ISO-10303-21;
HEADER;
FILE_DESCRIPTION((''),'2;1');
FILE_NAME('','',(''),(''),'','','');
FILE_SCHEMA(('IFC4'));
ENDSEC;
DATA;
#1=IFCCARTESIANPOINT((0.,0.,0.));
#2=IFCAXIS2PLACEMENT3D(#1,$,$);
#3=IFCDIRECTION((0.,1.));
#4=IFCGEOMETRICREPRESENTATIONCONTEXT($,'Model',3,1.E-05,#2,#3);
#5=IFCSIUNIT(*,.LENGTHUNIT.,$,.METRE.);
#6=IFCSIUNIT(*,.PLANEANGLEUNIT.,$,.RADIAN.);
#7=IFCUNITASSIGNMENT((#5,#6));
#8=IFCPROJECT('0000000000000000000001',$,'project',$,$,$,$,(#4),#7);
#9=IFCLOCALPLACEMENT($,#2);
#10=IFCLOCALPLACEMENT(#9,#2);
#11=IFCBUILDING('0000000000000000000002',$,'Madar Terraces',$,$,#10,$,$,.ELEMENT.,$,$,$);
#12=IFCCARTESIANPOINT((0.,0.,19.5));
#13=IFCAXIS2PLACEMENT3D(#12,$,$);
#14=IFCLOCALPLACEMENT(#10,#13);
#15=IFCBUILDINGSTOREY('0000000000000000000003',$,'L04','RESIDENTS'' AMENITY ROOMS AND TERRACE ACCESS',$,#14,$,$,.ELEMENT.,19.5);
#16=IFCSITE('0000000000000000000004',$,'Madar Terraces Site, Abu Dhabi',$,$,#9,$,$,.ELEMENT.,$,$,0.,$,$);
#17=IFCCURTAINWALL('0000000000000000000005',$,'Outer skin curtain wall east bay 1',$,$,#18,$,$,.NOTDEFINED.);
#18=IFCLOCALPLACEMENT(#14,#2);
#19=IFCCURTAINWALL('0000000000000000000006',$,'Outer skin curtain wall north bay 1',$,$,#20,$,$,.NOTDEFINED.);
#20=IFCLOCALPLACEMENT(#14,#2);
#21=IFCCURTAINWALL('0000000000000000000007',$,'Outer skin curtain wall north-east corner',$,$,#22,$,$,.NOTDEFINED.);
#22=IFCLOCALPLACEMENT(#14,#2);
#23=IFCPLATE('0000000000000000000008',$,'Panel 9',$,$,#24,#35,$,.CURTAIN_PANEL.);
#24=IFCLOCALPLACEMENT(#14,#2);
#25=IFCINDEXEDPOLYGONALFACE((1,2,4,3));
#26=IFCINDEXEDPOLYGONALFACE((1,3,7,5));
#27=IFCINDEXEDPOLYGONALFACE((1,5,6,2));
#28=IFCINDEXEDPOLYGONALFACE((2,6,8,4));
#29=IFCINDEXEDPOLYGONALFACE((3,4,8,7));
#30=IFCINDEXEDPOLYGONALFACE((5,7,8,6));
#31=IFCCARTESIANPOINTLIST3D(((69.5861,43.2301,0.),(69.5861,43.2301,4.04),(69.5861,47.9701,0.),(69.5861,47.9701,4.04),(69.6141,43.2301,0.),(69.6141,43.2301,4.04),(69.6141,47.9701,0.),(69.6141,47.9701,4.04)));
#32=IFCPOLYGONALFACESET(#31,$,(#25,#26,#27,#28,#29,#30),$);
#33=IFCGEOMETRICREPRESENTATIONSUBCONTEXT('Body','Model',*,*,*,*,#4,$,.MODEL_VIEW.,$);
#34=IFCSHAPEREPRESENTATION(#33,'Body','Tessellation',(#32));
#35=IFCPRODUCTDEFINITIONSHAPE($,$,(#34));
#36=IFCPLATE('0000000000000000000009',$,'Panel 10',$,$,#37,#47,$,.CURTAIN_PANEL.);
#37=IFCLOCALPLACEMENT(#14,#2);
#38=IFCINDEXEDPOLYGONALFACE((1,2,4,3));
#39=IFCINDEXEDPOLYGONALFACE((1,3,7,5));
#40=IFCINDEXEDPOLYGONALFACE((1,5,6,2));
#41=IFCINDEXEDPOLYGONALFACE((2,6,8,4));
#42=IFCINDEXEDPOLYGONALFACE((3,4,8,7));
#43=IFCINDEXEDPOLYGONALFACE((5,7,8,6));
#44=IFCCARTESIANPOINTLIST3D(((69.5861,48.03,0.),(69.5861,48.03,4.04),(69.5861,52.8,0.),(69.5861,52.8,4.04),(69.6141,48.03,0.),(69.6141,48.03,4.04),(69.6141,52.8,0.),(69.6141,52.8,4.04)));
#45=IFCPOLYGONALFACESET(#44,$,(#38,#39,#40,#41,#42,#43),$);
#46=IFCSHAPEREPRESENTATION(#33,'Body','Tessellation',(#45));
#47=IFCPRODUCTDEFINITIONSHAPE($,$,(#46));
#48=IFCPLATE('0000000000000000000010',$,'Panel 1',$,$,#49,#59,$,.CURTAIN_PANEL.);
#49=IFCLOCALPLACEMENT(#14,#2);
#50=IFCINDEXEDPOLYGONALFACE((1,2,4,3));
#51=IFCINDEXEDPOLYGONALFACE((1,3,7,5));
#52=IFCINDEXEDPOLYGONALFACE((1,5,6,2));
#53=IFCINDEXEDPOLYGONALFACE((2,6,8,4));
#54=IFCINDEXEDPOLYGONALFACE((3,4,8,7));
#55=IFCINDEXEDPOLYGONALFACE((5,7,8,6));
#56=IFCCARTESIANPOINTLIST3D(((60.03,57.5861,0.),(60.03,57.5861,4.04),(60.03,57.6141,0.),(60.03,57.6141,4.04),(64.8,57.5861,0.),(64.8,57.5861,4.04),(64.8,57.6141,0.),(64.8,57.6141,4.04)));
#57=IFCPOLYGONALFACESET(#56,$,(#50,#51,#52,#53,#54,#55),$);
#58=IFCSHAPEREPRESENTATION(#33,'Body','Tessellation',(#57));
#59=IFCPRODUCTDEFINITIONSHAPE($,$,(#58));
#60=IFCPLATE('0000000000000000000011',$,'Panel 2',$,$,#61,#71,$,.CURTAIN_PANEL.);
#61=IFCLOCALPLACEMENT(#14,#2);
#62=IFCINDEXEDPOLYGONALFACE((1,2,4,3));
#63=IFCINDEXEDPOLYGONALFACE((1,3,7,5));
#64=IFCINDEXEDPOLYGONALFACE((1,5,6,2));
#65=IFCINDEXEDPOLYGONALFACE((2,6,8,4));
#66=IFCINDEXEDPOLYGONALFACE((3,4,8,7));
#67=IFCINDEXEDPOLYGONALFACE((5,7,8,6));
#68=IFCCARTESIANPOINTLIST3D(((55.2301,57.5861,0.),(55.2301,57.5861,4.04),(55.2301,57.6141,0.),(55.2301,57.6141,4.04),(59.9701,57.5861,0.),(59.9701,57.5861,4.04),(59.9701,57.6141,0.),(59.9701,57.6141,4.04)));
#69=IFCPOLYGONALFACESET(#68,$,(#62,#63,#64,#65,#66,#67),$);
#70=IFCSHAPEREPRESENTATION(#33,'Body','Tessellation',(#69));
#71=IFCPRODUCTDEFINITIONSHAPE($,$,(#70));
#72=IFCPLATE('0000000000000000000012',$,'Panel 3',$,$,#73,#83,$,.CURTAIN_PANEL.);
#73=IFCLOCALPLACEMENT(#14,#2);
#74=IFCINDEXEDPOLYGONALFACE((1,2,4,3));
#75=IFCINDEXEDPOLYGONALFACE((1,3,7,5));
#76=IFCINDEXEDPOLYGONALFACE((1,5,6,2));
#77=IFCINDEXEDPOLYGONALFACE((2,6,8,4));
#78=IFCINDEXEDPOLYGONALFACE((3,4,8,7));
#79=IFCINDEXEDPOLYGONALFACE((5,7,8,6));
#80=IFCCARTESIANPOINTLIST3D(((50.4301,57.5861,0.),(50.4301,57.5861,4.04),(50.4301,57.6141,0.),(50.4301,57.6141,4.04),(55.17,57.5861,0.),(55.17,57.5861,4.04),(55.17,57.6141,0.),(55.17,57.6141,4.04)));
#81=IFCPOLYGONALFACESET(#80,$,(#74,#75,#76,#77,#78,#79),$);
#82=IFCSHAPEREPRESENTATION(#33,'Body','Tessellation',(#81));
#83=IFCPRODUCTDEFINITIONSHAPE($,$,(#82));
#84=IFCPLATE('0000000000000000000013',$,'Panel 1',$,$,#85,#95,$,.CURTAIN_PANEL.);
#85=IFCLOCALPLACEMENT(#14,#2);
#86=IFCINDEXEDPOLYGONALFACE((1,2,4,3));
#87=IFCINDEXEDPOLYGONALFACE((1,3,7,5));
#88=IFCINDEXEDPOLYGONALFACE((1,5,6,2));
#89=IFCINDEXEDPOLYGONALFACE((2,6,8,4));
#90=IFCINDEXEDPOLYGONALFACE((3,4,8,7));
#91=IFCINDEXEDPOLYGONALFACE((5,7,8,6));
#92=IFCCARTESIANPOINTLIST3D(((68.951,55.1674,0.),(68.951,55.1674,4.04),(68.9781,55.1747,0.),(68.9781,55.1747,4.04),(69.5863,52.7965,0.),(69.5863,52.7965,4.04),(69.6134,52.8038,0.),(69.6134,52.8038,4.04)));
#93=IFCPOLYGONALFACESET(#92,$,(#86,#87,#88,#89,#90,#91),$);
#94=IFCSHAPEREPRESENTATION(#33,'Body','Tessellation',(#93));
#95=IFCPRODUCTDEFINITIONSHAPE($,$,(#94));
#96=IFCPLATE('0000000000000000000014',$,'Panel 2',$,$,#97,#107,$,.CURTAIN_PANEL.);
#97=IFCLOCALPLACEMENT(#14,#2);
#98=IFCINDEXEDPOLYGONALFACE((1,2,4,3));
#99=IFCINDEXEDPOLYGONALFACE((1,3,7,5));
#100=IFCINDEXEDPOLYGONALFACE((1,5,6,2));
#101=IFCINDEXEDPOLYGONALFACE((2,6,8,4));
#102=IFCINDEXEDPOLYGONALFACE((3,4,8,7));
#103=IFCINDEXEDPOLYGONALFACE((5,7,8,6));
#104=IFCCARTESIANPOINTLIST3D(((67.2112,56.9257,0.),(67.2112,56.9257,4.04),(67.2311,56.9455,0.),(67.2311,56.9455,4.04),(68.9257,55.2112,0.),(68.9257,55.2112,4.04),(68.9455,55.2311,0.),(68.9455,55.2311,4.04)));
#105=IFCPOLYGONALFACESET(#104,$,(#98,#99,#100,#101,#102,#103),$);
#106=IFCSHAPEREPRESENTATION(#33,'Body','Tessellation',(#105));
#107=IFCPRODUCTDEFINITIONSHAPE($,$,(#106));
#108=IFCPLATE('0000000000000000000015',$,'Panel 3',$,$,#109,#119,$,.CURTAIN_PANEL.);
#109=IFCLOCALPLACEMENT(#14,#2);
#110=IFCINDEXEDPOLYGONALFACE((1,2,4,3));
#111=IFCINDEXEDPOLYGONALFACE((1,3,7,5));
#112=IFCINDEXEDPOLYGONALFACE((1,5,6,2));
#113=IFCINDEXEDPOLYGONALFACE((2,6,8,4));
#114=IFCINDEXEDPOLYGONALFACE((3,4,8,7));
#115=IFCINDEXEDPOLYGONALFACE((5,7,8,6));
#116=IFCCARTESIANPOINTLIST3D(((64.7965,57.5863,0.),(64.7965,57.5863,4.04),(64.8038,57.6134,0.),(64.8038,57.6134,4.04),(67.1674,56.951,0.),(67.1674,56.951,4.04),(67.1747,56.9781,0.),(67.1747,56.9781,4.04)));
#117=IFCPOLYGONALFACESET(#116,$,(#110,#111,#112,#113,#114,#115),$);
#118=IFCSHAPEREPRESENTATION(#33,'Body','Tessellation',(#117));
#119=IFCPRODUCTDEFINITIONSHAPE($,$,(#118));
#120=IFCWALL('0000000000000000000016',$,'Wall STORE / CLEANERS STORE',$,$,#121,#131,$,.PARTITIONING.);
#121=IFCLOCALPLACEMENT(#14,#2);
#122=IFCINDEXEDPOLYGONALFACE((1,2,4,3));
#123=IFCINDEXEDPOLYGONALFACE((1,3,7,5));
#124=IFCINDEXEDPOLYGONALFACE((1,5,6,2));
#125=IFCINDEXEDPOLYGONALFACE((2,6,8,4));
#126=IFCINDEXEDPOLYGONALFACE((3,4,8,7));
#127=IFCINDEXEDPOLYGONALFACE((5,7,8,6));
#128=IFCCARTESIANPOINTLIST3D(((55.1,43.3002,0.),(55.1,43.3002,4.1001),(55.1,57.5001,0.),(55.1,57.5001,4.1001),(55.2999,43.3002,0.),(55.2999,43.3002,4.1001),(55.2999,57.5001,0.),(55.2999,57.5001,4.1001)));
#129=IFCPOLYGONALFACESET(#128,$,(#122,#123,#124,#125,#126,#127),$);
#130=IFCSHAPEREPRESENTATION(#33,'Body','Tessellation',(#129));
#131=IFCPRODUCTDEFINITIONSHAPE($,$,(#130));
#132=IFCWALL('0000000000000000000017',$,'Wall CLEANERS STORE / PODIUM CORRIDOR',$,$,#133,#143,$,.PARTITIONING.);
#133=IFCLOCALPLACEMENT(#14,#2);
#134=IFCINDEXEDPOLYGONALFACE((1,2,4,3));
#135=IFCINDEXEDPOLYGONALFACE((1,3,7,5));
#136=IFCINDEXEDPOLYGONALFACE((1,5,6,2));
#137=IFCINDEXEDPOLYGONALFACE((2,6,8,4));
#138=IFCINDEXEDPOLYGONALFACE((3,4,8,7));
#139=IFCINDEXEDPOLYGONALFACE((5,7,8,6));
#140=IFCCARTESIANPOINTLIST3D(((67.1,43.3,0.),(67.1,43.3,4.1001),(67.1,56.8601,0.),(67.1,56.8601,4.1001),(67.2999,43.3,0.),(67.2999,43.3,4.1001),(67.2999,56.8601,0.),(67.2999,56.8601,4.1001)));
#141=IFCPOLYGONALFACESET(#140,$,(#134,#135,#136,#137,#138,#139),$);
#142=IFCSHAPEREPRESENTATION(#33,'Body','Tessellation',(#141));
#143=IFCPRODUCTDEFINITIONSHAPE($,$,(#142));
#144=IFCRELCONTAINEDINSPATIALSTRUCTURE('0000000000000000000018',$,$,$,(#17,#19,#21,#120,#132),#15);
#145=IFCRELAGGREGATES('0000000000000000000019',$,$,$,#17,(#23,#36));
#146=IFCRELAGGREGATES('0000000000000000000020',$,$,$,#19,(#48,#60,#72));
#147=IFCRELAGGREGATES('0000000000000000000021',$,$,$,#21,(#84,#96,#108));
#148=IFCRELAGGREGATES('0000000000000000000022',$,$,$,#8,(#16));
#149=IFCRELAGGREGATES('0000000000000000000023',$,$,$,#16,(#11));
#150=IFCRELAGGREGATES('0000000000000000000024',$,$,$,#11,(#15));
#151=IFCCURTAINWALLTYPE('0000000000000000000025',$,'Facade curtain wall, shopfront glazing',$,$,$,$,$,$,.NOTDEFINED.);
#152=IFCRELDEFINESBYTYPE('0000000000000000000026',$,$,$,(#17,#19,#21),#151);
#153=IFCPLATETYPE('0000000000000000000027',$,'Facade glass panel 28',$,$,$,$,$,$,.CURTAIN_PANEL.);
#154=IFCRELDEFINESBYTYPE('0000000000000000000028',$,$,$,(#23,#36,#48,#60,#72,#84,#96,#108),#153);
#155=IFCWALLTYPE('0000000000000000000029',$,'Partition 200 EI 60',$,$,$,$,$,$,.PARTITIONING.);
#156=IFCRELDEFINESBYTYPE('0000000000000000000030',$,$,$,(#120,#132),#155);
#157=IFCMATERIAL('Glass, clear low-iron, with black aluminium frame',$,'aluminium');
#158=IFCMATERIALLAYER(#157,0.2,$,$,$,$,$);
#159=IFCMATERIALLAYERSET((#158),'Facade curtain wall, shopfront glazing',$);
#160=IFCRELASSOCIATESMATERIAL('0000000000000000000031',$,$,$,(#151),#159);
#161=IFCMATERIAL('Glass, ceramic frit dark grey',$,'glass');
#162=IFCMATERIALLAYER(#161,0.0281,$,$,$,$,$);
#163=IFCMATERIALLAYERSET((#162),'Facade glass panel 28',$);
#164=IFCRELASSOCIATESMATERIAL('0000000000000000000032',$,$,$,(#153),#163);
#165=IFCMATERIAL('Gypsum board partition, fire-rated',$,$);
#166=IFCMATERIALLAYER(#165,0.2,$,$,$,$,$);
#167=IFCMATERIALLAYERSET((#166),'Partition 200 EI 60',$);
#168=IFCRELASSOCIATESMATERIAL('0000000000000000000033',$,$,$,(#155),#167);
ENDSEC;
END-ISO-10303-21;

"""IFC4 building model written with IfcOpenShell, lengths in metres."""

from ifc_helpers import new_model, si_unit, direction, frame, frame_2d, origin, origin_2d, place, context, subcontext, project, spatial, rectangle, extrude, material, layer, layer_set, type_object, element, aggregate, save


model = new_model("IFC4")

# Units and contexts
model_context = context("Model", 3, precision=1e-05, world=origin(), true_north=direction((0.0, 1.0)))
body_context = subcontext(model_context, "Body", "Model", "MODEL_VIEW")
ifc_project = project(units=[si_unit("LENGTHUNIT", "METRE"), si_unit("PLANEANGLEUNIT", "RADIAN")], contexts=[model_context])

# Site, building, storey
site_placement = place(None, origin())
site = spatial("IfcSite", under=ifc_project, at=site_placement, Name="Madar Terraces Site, Abu Dhabi", CompositionType="ELEMENT", RefElevation=0.0)
building_placement = place(site_placement, origin())
building = spatial("IfcBuilding", under=site, at=building_placement, Name="Madar Terraces", CompositionType="ELEMENT")
storey_placement = place(building_placement, frame((0.0, 0.0, 19.5)))
storey = spatial("IfcBuildingStorey", under=building, at=storey_placement, Name="L04", Description="RESIDENTS' AMENITY ROOMS AND TERRACE ACCESS", CompositionType="ELEMENT", Elevation=19.5)

# Curtain wall
ifc_material_1 = material(Name="Glass, clear low-iron, with black aluminium frame", Category="aluminium")
ifc_layer_1 = layer(ifc_material_1, 0.2)
ifc_layer_set_1 = layer_set([ifc_layer_1], Name="Facade curtain wall, shopfront glazing")
curtain_wall_type = type_object("IfcCurtainWallType", Name="Facade curtain wall, shopfront glazing", PredefinedType="NOTDEFINED", material=ifc_layer_set_1)
curtain_wall_1_placement = place(storey_placement, origin())
curtain_wall_1 = element("IfcCurtainWall", 1, at=curtain_wall_1_placement, inside=storey, type_object=curtain_wall_type, Name="Outer skin curtain wall east bay 1", PredefinedType="NOTDEFINED")

# Curtain walls
curtain_wall_2_placement = place(storey_placement, origin())
curtain_wall_2 = element("IfcCurtainWall", 2, at=curtain_wall_2_placement, inside=storey, type_object=curtain_wall_type, Name="Outer skin curtain wall north bay 1", PredefinedType="NOTDEFINED")
curtain_wall_3_placement = place(storey_placement, origin())
curtain_wall_3 = element("IfcCurtainWall", 3, at=curtain_wall_3_placement, inside=storey, type_object=curtain_wall_type, Name="Outer skin curtain wall north-east corner", PredefinedType="NOTDEFINED")

# Plates
ifc_material_2 = material(Name="Glass, ceramic frit dark grey", Category="glass")
ifc_layer_2 = layer(ifc_material_2, 0.0281)
ifc_layer_set_2 = layer_set([ifc_layer_2], Name="Facade glass panel 28")
plate_type = type_object("IfcPlateType", Name="Facade glass panel 28", PredefinedType="CURTAIN_PANEL", material=ifc_layer_set_2)
plate_1_placement = place(storey_placement, frame((69.6001, 45.6001, 0.0), z_axis=(0.0, 0.0, 1.0), x_axis=(0.0, 1.0, 0.0)))
plate_1 = element("IfcPlate", 4, at=plate_1_placement, type_object=plate_type, Name="Panel 9", PredefinedType="CURTAIN_PANEL", context=body_context, shape_type="SweptSolid", body=[
    extrude(rectangle(XDim=4.74, YDim=0.0281, at=origin_2d()), origin(), (0.0, 0.0, 1.0), 4.04),
])
plate_2_placement = place(storey_placement, frame((69.6001, 50.415, 0.0), z_axis=(0.0, 0.0, 1.0), x_axis=(0.0, 1.0, 0.0)))
plate_2 = element("IfcPlate", 5, at=plate_2_placement, type_object=plate_type, Name="Panel 10", PredefinedType="CURTAIN_PANEL", context=body_context, shape_type="SweptSolid", body=[
    extrude(rectangle(XDim=4.77, YDim=0.0281, at=origin_2d()), origin(), (0.0, 0.0, 1.0), 4.04),
])
aggregate(curtain_wall_1, [plate_1, plate_2])
plate_3_placement = place(storey_placement, frame((62.415, 57.6001, 0.0), z_axis=(0.0, 0.0, 1.0), x_axis=(-1.0, 0.0, 0.0)))
plate_3 = element("IfcPlate", 6, at=plate_3_placement, type_object=plate_type, Name="Panel 1", PredefinedType="CURTAIN_PANEL", context=body_context, shape_type="SweptSolid", body=[
    extrude(rectangle(XDim=4.77, YDim=0.0281, at=origin_2d()), origin(), (0.0, 0.0, 1.0), 4.04),
])
plate_4_placement = place(storey_placement, frame((57.6001, 57.6001, 0.0), z_axis=(0.0, 0.0, 1.0), x_axis=(-1.0, 0.0, 0.0)))
plate_4 = element("IfcPlate", 7, at=plate_4_placement, type_object=plate_type, Name="Panel 2", PredefinedType="CURTAIN_PANEL", context=body_context, shape_type="SweptSolid", body=[
    extrude(rectangle(XDim=4.74, YDim=0.0281, at=origin_2d()), origin(), (0.0, 0.0, 1.0), 4.04),
])
plate_5_placement = place(storey_placement, frame((52.8, 57.6001, 0.0), z_axis=(0.0, 0.0, 1.0), x_axis=(-1.0, 0.0, 0.0)))
plate_5 = element("IfcPlate", 8, at=plate_5_placement, type_object=plate_type, Name="Panel 3", PredefinedType="CURTAIN_PANEL", context=body_context, shape_type="SweptSolid", body=[
    extrude(rectangle(XDim=4.74, YDim=0.0281, at=origin_2d()), origin(), (0.0, 0.0, 1.0), 4.04),
])
aggregate(curtain_wall_2, [plate_3, plate_4, plate_5])
plate_6_placement = place(storey_placement, frame((69.2822, 53.9856, 0.0), z_axis=(0.0, 0.0, 1.0), x_axis=(-0.258819, 0.965926, 0.0)))
plate_6 = element("IfcPlate", 9, at=plate_6_placement, type_object=plate_type, Name="Panel 1", PredefinedType="CURTAIN_PANEL", context=body_context, shape_type="SweptSolid", body=[
    extrude(rectangle(XDim=2.4546, YDim=0.0281, at=origin_2d()), origin(), (0.0, 0.0, 1.0), 4.04),
])
plate_7_placement = place(storey_placement, frame((68.0784, 56.0784, 0.0), z_axis=(0.0, 0.0, 1.0), x_axis=(-0.707107, 0.707107, 0.0)))
plate_7 = element("IfcPlate", 10, at=plate_7_placement, type_object=plate_type, Name="Panel 2", PredefinedType="CURTAIN_PANEL", context=body_context, shape_type="SweptSolid", body=[
    extrude(rectangle(XDim=2.4246, YDim=0.0281, at=origin_2d()), origin(), (0.0, 0.0, 1.0), 4.04),
])
plate_8_placement = place(storey_placement, frame((65.9856, 57.2822, 0.0), z_axis=(0.0, 0.0, 1.0), x_axis=(-0.965926, 0.258819, 0.0)))
plate_8 = element("IfcPlate", 11, at=plate_8_placement, type_object=plate_type, Name="Panel 3", PredefinedType="CURTAIN_PANEL", context=body_context, shape_type="SweptSolid", body=[
    extrude(rectangle(XDim=2.4546, YDim=0.0281, at=origin_2d()), origin(), (0.0, 0.0, 1.0), 4.04),
])
aggregate(curtain_wall_3, [plate_6, plate_7, plate_8])

# Walls
ifc_material_3 = material(Name="Gypsum board partition, fire-rated")
ifc_layer_3 = layer(ifc_material_3, 0.2)
ifc_layer_set_3 = layer_set([ifc_layer_3], Name="Partition 200 EI 60")
wall_type = type_object("IfcWallType", Name="Partition 200 EI 60", PredefinedType="PARTITIONING", material=ifc_layer_set_3)
wall_1_placement = place(storey_placement, frame((55.2, 43.3, 0.0), z_axis=(0.0, 0.0, 1.0), x_axis=(0.0, 1.0, 0.0)))
element("IfcWall", 12, at=wall_1_placement, inside=storey, type_object=wall_type, Name="Wall STORE / CLEANERS STORE", PredefinedType="PARTITIONING", context=body_context, shape_type="SweptSolid", body=[
    extrude(rectangle(XDim=14.2, YDim=0.2, at=frame_2d((7.1001, 0.0))), origin(), (0.0, 0.0, 1.0), 4.1001),
])
wall_2_placement = place(storey_placement, frame((67.2, 43.3, 0.0), z_axis=(0.0, 0.0, 1.0), x_axis=(0.0, 1.0, 0.0)))
element("IfcWall", 13, at=wall_2_placement, inside=storey, type_object=wall_type, Name="Wall CLEANERS STORE / PODIUM CORRIDOR", PredefinedType="PARTITIONING", context=body_context, shape_type="SweptSolid", body=[
    extrude(rectangle(XDim=13.5601, YDim=0.2, at=frame_2d((6.78, 0.0))), origin(), (0.0, 0.0, 1.0), 4.1001),
])

save(model, "model.ifc")
